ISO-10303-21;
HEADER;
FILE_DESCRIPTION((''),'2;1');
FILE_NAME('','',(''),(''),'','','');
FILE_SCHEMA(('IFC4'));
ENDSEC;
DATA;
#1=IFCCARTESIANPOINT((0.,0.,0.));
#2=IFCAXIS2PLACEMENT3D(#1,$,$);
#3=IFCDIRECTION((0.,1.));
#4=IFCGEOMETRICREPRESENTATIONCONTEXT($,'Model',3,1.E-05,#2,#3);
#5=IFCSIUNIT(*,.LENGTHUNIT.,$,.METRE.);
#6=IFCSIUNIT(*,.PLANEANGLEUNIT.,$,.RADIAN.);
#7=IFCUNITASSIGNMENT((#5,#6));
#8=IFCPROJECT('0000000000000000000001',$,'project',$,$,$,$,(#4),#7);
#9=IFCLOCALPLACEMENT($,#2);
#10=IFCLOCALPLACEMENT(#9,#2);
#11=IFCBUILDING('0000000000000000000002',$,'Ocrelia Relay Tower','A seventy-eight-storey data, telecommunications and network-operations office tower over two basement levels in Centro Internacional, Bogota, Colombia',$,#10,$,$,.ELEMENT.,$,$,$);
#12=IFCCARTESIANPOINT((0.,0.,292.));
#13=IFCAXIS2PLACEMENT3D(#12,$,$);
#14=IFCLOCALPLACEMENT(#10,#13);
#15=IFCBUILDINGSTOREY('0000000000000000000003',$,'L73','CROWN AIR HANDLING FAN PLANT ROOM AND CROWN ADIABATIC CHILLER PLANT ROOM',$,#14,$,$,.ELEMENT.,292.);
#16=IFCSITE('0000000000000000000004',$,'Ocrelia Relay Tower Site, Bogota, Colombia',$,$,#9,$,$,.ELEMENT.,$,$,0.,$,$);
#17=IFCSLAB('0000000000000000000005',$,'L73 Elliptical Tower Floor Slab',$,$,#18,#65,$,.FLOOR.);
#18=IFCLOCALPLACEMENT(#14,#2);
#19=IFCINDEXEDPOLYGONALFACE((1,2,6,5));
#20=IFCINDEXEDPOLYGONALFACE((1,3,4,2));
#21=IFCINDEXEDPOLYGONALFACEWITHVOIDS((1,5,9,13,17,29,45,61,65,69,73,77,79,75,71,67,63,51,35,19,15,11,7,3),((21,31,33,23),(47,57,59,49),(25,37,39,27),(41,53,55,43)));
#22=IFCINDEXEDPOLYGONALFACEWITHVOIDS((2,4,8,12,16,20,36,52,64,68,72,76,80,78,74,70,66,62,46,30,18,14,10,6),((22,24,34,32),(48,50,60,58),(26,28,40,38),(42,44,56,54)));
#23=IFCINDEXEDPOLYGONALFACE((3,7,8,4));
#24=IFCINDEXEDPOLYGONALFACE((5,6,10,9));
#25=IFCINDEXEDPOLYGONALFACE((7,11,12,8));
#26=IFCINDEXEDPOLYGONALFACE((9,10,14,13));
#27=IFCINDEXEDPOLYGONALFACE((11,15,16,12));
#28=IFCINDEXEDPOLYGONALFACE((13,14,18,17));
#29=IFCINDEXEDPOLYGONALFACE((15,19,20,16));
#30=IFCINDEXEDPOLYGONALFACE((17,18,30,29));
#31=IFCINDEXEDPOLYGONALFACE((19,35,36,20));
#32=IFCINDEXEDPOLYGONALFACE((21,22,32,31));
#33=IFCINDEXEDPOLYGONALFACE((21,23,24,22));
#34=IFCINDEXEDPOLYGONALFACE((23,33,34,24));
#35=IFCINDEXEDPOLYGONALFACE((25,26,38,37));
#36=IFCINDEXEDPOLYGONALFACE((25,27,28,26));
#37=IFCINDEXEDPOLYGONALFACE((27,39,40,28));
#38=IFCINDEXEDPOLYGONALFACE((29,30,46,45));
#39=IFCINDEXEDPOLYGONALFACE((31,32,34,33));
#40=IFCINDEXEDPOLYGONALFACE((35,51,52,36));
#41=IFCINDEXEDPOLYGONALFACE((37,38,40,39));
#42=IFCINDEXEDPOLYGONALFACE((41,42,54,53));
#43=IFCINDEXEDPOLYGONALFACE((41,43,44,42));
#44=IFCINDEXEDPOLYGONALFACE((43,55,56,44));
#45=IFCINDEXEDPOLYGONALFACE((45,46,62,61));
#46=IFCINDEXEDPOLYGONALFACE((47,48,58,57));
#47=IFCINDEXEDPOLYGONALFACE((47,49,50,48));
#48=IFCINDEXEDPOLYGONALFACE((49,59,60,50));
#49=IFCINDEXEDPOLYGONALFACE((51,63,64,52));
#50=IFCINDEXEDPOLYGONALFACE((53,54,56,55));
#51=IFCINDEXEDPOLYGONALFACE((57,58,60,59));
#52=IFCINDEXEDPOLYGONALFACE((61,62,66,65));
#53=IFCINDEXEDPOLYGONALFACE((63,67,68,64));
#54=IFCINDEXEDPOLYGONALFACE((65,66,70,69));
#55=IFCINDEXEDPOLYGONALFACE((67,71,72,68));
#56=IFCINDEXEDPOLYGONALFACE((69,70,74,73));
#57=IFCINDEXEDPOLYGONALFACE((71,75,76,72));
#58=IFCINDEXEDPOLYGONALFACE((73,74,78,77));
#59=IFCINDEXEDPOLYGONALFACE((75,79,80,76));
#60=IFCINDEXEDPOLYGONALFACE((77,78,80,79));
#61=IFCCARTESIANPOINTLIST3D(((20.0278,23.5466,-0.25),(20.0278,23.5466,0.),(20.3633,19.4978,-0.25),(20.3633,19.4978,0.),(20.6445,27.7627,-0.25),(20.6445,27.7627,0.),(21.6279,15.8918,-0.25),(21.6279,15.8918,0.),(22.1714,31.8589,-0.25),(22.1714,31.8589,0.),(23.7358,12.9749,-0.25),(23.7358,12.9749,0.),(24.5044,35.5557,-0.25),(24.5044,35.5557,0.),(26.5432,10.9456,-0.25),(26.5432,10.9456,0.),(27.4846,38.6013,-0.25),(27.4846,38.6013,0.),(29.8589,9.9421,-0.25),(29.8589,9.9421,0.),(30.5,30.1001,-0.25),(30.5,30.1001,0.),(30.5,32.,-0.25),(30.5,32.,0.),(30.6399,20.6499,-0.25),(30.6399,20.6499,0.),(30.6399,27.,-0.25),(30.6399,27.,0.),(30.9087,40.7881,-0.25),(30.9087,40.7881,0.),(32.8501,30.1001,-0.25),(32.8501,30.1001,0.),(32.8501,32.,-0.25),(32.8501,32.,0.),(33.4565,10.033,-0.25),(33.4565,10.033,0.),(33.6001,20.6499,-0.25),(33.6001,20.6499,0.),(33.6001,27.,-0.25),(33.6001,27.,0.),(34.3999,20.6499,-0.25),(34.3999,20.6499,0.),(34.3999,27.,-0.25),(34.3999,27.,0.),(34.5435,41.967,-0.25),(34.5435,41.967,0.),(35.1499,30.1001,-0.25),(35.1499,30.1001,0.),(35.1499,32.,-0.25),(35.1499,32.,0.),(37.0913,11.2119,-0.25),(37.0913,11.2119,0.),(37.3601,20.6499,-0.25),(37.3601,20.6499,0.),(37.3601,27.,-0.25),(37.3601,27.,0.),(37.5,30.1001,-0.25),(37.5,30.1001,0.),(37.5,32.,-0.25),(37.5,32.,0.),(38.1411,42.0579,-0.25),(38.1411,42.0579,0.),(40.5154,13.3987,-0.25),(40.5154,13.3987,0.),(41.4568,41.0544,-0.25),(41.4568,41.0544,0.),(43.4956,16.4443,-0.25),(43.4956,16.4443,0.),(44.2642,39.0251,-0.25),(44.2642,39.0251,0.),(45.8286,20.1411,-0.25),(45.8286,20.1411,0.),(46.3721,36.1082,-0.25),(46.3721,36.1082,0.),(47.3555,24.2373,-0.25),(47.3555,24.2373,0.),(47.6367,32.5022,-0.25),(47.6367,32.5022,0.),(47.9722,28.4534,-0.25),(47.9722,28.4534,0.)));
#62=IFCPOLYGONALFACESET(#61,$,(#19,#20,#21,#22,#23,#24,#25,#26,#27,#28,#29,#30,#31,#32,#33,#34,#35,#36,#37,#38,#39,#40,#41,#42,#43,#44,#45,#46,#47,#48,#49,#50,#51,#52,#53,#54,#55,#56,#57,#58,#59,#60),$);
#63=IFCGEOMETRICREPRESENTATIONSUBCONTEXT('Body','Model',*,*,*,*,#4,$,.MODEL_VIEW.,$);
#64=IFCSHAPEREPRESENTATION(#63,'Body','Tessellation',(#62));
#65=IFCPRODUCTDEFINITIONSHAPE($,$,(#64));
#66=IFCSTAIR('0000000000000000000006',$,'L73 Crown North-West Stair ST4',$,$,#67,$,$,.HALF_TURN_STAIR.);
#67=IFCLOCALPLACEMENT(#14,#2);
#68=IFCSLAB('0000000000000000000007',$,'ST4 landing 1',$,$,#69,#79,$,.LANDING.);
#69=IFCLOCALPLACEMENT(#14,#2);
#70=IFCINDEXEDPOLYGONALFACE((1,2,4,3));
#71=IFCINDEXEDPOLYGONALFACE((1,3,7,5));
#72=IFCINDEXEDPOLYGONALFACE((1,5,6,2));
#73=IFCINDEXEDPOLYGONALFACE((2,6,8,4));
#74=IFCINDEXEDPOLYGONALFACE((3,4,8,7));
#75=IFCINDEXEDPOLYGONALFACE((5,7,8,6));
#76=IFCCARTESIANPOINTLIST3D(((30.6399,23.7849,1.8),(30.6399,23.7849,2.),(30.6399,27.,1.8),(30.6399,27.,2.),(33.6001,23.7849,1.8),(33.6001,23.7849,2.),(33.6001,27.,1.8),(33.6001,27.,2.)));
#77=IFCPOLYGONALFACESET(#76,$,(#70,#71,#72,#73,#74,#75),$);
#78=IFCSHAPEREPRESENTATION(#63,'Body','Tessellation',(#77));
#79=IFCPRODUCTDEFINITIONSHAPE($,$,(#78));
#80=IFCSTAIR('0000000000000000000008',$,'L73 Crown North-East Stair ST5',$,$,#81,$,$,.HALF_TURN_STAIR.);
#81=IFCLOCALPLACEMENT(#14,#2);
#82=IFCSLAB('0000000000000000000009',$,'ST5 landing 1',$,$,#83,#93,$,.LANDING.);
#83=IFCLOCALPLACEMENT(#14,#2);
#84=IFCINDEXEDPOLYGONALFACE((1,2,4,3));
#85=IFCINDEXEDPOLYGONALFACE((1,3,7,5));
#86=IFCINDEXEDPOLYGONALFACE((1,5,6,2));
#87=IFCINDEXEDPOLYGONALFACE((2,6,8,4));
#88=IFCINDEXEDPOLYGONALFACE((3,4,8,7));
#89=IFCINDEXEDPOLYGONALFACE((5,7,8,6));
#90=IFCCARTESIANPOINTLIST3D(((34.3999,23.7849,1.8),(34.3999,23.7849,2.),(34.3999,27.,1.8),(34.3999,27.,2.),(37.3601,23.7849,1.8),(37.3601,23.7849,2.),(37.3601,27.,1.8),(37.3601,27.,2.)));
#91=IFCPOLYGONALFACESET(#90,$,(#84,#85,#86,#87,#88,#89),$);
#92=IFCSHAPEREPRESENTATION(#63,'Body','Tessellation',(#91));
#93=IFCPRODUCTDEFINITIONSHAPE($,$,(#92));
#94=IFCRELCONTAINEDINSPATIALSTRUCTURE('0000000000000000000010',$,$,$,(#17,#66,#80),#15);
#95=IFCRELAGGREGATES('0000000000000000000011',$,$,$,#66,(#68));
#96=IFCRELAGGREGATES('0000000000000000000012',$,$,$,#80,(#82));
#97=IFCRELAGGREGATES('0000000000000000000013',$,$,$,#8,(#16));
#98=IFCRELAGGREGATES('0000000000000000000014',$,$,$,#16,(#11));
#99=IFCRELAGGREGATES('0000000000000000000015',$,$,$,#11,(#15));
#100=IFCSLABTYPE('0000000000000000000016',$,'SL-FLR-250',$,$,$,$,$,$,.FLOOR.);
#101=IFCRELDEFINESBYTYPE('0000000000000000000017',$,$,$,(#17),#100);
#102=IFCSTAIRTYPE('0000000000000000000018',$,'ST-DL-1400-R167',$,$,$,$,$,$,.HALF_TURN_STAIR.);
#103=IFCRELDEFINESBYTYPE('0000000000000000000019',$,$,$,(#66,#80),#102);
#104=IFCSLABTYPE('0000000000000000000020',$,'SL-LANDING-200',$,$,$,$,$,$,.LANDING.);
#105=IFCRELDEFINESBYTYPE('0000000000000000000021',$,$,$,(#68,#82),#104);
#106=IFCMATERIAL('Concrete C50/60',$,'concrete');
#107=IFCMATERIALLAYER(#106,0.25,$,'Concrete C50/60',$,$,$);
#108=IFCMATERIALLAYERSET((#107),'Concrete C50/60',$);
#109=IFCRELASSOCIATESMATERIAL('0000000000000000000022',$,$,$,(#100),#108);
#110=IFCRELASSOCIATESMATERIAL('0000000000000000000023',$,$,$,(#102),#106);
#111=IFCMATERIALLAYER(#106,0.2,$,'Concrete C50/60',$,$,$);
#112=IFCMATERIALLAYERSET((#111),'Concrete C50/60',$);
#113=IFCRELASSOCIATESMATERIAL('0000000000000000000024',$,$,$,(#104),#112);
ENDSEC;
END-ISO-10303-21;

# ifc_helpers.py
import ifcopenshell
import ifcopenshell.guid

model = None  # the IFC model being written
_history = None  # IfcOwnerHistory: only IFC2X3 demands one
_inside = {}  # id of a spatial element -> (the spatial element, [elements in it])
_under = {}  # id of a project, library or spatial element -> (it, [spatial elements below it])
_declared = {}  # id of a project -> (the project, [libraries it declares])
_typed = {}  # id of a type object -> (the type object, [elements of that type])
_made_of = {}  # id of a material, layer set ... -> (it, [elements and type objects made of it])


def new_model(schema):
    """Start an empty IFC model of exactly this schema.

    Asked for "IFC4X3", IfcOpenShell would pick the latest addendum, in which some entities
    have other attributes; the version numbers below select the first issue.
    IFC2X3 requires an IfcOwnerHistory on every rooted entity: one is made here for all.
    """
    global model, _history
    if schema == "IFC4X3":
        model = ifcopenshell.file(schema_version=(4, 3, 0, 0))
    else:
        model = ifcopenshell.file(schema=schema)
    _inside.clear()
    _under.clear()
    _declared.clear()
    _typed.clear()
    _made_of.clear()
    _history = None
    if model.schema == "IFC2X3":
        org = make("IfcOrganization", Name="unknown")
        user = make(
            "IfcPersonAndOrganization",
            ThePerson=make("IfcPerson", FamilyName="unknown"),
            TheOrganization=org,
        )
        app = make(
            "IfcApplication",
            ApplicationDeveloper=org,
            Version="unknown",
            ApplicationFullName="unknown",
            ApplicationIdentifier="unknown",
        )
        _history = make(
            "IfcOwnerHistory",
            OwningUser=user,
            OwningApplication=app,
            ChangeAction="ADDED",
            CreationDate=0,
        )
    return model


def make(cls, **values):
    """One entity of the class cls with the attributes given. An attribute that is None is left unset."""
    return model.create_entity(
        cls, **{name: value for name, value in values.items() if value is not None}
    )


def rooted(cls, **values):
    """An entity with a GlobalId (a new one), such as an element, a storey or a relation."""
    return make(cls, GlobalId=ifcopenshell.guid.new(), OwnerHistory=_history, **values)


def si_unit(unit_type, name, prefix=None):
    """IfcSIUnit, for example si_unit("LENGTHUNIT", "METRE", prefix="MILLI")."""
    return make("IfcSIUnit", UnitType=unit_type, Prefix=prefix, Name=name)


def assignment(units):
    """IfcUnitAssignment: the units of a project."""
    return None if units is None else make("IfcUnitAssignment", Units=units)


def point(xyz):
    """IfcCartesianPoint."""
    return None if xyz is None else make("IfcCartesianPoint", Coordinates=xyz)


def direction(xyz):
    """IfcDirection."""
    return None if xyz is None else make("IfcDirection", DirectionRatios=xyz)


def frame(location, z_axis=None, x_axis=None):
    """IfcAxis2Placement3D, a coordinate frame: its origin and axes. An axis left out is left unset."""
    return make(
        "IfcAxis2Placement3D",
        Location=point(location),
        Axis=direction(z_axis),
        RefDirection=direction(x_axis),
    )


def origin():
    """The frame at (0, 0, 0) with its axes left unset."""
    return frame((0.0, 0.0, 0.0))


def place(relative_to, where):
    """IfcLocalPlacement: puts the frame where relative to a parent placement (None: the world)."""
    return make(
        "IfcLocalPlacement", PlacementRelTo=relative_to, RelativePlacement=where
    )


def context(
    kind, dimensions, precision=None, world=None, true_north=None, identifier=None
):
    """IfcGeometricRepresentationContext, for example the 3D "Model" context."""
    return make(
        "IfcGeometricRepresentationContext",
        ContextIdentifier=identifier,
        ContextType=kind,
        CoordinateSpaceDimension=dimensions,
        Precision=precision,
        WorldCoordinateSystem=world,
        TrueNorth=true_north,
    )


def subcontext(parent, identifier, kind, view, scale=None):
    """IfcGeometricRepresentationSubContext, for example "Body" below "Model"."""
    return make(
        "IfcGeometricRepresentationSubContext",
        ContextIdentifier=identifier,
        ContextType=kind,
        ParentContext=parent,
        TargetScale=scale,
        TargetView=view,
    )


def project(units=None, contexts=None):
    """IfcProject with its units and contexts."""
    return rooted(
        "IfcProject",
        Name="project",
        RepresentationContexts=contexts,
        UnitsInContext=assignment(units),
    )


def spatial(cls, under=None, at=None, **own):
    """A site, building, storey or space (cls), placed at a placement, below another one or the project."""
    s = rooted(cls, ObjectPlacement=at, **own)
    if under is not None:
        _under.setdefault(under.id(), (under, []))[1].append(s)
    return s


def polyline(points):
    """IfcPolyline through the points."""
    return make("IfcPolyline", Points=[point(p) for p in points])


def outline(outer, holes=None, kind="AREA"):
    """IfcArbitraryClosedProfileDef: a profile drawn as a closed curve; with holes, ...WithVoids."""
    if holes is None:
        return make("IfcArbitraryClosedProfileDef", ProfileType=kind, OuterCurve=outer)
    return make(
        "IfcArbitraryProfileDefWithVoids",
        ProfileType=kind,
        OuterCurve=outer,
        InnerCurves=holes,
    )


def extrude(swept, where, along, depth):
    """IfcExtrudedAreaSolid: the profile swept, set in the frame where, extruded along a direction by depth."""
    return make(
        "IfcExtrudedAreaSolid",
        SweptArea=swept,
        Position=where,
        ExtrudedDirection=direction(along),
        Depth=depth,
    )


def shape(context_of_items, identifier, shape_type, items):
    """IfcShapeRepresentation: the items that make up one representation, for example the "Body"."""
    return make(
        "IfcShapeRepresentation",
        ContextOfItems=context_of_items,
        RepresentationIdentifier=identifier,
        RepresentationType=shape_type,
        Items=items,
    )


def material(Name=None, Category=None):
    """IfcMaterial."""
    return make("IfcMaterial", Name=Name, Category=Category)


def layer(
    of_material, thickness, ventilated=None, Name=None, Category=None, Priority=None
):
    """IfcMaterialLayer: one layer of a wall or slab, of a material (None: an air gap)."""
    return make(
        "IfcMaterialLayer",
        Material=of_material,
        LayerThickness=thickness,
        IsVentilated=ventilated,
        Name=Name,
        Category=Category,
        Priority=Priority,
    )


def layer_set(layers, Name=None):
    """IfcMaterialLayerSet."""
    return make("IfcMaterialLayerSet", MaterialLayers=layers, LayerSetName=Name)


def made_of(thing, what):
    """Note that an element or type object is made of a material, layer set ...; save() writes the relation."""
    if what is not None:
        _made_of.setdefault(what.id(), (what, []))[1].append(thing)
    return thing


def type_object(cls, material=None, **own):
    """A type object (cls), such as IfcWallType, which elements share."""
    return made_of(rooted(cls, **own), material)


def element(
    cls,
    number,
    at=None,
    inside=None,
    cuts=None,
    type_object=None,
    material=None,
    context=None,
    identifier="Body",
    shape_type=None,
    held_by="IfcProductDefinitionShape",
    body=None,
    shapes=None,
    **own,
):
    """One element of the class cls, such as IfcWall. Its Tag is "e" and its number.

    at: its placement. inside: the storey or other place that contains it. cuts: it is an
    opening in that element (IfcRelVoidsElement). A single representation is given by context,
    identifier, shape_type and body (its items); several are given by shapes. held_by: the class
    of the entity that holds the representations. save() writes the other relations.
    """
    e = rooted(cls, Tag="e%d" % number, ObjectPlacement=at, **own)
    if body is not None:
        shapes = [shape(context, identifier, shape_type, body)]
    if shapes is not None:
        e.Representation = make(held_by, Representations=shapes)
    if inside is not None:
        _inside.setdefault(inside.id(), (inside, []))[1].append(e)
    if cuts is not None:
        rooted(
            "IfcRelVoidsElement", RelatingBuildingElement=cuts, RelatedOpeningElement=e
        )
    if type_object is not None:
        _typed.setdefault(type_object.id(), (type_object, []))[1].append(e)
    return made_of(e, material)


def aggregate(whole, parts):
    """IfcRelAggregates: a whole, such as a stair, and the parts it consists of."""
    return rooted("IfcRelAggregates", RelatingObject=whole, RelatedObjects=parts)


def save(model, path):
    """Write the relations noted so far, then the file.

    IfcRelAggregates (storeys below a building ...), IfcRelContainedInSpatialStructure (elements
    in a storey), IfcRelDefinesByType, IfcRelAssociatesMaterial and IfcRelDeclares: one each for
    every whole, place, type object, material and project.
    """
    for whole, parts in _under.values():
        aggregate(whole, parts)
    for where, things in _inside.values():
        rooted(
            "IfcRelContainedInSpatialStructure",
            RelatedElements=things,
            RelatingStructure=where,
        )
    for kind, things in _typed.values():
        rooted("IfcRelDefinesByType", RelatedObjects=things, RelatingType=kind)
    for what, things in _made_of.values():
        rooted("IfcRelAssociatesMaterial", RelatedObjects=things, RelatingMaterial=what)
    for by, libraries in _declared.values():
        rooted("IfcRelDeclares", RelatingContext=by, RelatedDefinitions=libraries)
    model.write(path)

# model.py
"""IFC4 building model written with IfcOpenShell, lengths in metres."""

from ifc_helpers import new_model, si_unit, direction, frame, origin, place, context, subcontext, project, spatial, polyline, outline, extrude, material, layer, layer_set, type_object, element, aggregate, save


model = new_model("IFC4")

# Units and contexts
model_context = context("Model", 3, precision=1e-05, world=origin(), true_north=direction((0.0, 1.0)))
body_context = subcontext(model_context, "Body", "Model", "MODEL_VIEW")
ifc_project = project(units=[si_unit("LENGTHUNIT", "METRE"), si_unit("PLANEANGLEUNIT", "RADIAN")], contexts=[model_context])

# Site, building, storey
site_placement = place(None, origin())
site = spatial("IfcSite", under=ifc_project, at=site_placement, Name="Ocrelia Relay Tower Site, Bogota, Colombia", CompositionType="ELEMENT", RefElevation=0.0)
building_placement = place(site_placement, origin())
building = spatial("IfcBuilding", under=site, at=building_placement, Name="Ocrelia Relay Tower", Description="A seventy-eight-storey data, telecommunications and network-operations office tower over two basement levels in Centro Internacional, Bogota, Colombia", CompositionType="ELEMENT")
storey_placement = place(building_placement, frame((0.0, 0.0, 292.0)))
storey = spatial("IfcBuildingStorey", under=building, at=storey_placement, Name="L73", Description="CROWN AIR HANDLING FAN PLANT ROOM AND CROWN ADIABATIC CHILLER PLANT ROOM", CompositionType="ELEMENT", Elevation=292.0)

# Slab
ifc_material_1 = material(Name="Concrete C50/60", Category="concrete")
ifc_layer_1 = layer(ifc_material_1, 0.25, Name="Concrete C50/60")
ifc_layer_set_1 = layer_set([ifc_layer_1], Name="Concrete C50/60")
slab_type_1 = type_object("IfcSlabType", Name="SL-FLR-250", PredefinedType="FLOOR", material=ifc_layer_set_1)
slab_1_placement = place(storey_placement, frame((0.0, 0.0, -0.25)))
element("IfcSlab", 1, at=slab_1_placement, inside=storey, type_object=slab_type_1, Name="L73 Elliptical Tower Floor Slab", PredefinedType="FLOOR", context=body_context, shape_type="SweptSolid", body=[
    extrude(outline(polyline([(41.4568, 41.0544), (38.1411, 42.0579), (34.5435, 41.967), (30.9087, 40.7881), (27.4846, 38.6013), (24.5044, 35.5557), (22.1714, 31.8589), (20.6445, 27.7627), (20.0278, 23.5466), (20.3633, 19.4978), (21.6279, 15.8918), (23.7358, 12.9749), (26.5432, 10.9456), (29.8589, 9.9421), (33.4565, 10.033), (37.0913, 11.2119), (40.5154, 13.3987), (43.4956, 16.4443), (45.8286, 20.1411), (47.3555, 24.2373), (47.9722, 28.4534), (47.6367, 32.5022), (46.3721, 36.1082), (44.2642, 39.0251), (41.4568, 41.0544)]), holes=[polyline([(33.6001, 20.6499), (33.6001, 27.0), (30.6399, 27.0), (30.6399, 20.6499), (33.6001, 20.6499)]), polyline([(37.3601, 20.6499), (37.3601, 27.0), (34.3999, 27.0), (34.3999, 20.6499), (37.3601, 20.6499)]), polyline([(30.5, 30.1001), (32.8501, 30.1001), (32.8501, 32.0), (30.5, 32.0), (30.5, 30.1001)]), polyline([(35.1499, 30.1001), (37.5, 30.1001), (37.5, 32.0), (35.1499, 32.0), (35.1499, 30.1001)])]), origin(), (0.0, 0.0, 1.0), 0.25),
])

# Stairs, slabs
stair_type = type_object("IfcStairType", Name="ST-DL-1400-R167", PredefinedType="HALF_TURN_STAIR", material=ifc_material_1)
stair_1_placement = place(storey_placement, origin())
stair_1 = element("IfcStair", 2, at=stair_1_placement, inside=storey, type_object=stair_type, Name="L73 Crown North-West Stair ST4", PredefinedType="HALF_TURN_STAIR")
ifc_layer_2 = layer(ifc_material_1, 0.2, Name="Concrete C50/60")
ifc_layer_set_2 = layer_set([ifc_layer_2], Name="Concrete C50/60")
slab_type_2 = type_object("IfcSlabType", Name="SL-LANDING-200", PredefinedType="LANDING", material=ifc_layer_set_2)
slab_2_placement = place(storey_placement, frame((0.0, 0.0, 1.8)))
slab_2 = element("IfcSlab", 3, at=slab_2_placement, type_object=slab_type_2, Name="ST4 landing 1", PredefinedType="LANDING", context=body_context, shape_type="SweptSolid", body=[
    extrude(outline(polyline([(33.6001, 23.7849), (33.6001, 27.0), (30.6399, 27.0), (30.6399, 23.7849), (33.6001, 23.7849)])), origin(), (0.0, 0.0, 1.0), 0.2),
])
aggregate(stair_1, [slab_2])
stair_2_placement = place(storey_placement, origin())
stair_2 = element("IfcStair", 4, at=stair_2_placement, inside=storey, type_object=stair_type, Name="L73 Crown North-East Stair ST5", PredefinedType="HALF_TURN_STAIR")
slab_3_placement = place(storey_placement, frame((0.0, 0.0, 1.8)))
slab_3 = element("IfcSlab", 5, at=slab_3_placement, type_object=slab_type_2, Name="ST5 landing 1", PredefinedType="LANDING", context=body_context, shape_type="SweptSolid", body=[
    extrude(outline(polyline([(37.3601, 23.7849), (37.3601, 27.0), (34.3999, 27.0), (34.3999, 23.7849), (37.3601, 23.7849)])), origin(), (0.0, 0.0, 1.0), 0.2),
])
aggregate(stair_2, [slab_3])

save(model, "model.ifc")
